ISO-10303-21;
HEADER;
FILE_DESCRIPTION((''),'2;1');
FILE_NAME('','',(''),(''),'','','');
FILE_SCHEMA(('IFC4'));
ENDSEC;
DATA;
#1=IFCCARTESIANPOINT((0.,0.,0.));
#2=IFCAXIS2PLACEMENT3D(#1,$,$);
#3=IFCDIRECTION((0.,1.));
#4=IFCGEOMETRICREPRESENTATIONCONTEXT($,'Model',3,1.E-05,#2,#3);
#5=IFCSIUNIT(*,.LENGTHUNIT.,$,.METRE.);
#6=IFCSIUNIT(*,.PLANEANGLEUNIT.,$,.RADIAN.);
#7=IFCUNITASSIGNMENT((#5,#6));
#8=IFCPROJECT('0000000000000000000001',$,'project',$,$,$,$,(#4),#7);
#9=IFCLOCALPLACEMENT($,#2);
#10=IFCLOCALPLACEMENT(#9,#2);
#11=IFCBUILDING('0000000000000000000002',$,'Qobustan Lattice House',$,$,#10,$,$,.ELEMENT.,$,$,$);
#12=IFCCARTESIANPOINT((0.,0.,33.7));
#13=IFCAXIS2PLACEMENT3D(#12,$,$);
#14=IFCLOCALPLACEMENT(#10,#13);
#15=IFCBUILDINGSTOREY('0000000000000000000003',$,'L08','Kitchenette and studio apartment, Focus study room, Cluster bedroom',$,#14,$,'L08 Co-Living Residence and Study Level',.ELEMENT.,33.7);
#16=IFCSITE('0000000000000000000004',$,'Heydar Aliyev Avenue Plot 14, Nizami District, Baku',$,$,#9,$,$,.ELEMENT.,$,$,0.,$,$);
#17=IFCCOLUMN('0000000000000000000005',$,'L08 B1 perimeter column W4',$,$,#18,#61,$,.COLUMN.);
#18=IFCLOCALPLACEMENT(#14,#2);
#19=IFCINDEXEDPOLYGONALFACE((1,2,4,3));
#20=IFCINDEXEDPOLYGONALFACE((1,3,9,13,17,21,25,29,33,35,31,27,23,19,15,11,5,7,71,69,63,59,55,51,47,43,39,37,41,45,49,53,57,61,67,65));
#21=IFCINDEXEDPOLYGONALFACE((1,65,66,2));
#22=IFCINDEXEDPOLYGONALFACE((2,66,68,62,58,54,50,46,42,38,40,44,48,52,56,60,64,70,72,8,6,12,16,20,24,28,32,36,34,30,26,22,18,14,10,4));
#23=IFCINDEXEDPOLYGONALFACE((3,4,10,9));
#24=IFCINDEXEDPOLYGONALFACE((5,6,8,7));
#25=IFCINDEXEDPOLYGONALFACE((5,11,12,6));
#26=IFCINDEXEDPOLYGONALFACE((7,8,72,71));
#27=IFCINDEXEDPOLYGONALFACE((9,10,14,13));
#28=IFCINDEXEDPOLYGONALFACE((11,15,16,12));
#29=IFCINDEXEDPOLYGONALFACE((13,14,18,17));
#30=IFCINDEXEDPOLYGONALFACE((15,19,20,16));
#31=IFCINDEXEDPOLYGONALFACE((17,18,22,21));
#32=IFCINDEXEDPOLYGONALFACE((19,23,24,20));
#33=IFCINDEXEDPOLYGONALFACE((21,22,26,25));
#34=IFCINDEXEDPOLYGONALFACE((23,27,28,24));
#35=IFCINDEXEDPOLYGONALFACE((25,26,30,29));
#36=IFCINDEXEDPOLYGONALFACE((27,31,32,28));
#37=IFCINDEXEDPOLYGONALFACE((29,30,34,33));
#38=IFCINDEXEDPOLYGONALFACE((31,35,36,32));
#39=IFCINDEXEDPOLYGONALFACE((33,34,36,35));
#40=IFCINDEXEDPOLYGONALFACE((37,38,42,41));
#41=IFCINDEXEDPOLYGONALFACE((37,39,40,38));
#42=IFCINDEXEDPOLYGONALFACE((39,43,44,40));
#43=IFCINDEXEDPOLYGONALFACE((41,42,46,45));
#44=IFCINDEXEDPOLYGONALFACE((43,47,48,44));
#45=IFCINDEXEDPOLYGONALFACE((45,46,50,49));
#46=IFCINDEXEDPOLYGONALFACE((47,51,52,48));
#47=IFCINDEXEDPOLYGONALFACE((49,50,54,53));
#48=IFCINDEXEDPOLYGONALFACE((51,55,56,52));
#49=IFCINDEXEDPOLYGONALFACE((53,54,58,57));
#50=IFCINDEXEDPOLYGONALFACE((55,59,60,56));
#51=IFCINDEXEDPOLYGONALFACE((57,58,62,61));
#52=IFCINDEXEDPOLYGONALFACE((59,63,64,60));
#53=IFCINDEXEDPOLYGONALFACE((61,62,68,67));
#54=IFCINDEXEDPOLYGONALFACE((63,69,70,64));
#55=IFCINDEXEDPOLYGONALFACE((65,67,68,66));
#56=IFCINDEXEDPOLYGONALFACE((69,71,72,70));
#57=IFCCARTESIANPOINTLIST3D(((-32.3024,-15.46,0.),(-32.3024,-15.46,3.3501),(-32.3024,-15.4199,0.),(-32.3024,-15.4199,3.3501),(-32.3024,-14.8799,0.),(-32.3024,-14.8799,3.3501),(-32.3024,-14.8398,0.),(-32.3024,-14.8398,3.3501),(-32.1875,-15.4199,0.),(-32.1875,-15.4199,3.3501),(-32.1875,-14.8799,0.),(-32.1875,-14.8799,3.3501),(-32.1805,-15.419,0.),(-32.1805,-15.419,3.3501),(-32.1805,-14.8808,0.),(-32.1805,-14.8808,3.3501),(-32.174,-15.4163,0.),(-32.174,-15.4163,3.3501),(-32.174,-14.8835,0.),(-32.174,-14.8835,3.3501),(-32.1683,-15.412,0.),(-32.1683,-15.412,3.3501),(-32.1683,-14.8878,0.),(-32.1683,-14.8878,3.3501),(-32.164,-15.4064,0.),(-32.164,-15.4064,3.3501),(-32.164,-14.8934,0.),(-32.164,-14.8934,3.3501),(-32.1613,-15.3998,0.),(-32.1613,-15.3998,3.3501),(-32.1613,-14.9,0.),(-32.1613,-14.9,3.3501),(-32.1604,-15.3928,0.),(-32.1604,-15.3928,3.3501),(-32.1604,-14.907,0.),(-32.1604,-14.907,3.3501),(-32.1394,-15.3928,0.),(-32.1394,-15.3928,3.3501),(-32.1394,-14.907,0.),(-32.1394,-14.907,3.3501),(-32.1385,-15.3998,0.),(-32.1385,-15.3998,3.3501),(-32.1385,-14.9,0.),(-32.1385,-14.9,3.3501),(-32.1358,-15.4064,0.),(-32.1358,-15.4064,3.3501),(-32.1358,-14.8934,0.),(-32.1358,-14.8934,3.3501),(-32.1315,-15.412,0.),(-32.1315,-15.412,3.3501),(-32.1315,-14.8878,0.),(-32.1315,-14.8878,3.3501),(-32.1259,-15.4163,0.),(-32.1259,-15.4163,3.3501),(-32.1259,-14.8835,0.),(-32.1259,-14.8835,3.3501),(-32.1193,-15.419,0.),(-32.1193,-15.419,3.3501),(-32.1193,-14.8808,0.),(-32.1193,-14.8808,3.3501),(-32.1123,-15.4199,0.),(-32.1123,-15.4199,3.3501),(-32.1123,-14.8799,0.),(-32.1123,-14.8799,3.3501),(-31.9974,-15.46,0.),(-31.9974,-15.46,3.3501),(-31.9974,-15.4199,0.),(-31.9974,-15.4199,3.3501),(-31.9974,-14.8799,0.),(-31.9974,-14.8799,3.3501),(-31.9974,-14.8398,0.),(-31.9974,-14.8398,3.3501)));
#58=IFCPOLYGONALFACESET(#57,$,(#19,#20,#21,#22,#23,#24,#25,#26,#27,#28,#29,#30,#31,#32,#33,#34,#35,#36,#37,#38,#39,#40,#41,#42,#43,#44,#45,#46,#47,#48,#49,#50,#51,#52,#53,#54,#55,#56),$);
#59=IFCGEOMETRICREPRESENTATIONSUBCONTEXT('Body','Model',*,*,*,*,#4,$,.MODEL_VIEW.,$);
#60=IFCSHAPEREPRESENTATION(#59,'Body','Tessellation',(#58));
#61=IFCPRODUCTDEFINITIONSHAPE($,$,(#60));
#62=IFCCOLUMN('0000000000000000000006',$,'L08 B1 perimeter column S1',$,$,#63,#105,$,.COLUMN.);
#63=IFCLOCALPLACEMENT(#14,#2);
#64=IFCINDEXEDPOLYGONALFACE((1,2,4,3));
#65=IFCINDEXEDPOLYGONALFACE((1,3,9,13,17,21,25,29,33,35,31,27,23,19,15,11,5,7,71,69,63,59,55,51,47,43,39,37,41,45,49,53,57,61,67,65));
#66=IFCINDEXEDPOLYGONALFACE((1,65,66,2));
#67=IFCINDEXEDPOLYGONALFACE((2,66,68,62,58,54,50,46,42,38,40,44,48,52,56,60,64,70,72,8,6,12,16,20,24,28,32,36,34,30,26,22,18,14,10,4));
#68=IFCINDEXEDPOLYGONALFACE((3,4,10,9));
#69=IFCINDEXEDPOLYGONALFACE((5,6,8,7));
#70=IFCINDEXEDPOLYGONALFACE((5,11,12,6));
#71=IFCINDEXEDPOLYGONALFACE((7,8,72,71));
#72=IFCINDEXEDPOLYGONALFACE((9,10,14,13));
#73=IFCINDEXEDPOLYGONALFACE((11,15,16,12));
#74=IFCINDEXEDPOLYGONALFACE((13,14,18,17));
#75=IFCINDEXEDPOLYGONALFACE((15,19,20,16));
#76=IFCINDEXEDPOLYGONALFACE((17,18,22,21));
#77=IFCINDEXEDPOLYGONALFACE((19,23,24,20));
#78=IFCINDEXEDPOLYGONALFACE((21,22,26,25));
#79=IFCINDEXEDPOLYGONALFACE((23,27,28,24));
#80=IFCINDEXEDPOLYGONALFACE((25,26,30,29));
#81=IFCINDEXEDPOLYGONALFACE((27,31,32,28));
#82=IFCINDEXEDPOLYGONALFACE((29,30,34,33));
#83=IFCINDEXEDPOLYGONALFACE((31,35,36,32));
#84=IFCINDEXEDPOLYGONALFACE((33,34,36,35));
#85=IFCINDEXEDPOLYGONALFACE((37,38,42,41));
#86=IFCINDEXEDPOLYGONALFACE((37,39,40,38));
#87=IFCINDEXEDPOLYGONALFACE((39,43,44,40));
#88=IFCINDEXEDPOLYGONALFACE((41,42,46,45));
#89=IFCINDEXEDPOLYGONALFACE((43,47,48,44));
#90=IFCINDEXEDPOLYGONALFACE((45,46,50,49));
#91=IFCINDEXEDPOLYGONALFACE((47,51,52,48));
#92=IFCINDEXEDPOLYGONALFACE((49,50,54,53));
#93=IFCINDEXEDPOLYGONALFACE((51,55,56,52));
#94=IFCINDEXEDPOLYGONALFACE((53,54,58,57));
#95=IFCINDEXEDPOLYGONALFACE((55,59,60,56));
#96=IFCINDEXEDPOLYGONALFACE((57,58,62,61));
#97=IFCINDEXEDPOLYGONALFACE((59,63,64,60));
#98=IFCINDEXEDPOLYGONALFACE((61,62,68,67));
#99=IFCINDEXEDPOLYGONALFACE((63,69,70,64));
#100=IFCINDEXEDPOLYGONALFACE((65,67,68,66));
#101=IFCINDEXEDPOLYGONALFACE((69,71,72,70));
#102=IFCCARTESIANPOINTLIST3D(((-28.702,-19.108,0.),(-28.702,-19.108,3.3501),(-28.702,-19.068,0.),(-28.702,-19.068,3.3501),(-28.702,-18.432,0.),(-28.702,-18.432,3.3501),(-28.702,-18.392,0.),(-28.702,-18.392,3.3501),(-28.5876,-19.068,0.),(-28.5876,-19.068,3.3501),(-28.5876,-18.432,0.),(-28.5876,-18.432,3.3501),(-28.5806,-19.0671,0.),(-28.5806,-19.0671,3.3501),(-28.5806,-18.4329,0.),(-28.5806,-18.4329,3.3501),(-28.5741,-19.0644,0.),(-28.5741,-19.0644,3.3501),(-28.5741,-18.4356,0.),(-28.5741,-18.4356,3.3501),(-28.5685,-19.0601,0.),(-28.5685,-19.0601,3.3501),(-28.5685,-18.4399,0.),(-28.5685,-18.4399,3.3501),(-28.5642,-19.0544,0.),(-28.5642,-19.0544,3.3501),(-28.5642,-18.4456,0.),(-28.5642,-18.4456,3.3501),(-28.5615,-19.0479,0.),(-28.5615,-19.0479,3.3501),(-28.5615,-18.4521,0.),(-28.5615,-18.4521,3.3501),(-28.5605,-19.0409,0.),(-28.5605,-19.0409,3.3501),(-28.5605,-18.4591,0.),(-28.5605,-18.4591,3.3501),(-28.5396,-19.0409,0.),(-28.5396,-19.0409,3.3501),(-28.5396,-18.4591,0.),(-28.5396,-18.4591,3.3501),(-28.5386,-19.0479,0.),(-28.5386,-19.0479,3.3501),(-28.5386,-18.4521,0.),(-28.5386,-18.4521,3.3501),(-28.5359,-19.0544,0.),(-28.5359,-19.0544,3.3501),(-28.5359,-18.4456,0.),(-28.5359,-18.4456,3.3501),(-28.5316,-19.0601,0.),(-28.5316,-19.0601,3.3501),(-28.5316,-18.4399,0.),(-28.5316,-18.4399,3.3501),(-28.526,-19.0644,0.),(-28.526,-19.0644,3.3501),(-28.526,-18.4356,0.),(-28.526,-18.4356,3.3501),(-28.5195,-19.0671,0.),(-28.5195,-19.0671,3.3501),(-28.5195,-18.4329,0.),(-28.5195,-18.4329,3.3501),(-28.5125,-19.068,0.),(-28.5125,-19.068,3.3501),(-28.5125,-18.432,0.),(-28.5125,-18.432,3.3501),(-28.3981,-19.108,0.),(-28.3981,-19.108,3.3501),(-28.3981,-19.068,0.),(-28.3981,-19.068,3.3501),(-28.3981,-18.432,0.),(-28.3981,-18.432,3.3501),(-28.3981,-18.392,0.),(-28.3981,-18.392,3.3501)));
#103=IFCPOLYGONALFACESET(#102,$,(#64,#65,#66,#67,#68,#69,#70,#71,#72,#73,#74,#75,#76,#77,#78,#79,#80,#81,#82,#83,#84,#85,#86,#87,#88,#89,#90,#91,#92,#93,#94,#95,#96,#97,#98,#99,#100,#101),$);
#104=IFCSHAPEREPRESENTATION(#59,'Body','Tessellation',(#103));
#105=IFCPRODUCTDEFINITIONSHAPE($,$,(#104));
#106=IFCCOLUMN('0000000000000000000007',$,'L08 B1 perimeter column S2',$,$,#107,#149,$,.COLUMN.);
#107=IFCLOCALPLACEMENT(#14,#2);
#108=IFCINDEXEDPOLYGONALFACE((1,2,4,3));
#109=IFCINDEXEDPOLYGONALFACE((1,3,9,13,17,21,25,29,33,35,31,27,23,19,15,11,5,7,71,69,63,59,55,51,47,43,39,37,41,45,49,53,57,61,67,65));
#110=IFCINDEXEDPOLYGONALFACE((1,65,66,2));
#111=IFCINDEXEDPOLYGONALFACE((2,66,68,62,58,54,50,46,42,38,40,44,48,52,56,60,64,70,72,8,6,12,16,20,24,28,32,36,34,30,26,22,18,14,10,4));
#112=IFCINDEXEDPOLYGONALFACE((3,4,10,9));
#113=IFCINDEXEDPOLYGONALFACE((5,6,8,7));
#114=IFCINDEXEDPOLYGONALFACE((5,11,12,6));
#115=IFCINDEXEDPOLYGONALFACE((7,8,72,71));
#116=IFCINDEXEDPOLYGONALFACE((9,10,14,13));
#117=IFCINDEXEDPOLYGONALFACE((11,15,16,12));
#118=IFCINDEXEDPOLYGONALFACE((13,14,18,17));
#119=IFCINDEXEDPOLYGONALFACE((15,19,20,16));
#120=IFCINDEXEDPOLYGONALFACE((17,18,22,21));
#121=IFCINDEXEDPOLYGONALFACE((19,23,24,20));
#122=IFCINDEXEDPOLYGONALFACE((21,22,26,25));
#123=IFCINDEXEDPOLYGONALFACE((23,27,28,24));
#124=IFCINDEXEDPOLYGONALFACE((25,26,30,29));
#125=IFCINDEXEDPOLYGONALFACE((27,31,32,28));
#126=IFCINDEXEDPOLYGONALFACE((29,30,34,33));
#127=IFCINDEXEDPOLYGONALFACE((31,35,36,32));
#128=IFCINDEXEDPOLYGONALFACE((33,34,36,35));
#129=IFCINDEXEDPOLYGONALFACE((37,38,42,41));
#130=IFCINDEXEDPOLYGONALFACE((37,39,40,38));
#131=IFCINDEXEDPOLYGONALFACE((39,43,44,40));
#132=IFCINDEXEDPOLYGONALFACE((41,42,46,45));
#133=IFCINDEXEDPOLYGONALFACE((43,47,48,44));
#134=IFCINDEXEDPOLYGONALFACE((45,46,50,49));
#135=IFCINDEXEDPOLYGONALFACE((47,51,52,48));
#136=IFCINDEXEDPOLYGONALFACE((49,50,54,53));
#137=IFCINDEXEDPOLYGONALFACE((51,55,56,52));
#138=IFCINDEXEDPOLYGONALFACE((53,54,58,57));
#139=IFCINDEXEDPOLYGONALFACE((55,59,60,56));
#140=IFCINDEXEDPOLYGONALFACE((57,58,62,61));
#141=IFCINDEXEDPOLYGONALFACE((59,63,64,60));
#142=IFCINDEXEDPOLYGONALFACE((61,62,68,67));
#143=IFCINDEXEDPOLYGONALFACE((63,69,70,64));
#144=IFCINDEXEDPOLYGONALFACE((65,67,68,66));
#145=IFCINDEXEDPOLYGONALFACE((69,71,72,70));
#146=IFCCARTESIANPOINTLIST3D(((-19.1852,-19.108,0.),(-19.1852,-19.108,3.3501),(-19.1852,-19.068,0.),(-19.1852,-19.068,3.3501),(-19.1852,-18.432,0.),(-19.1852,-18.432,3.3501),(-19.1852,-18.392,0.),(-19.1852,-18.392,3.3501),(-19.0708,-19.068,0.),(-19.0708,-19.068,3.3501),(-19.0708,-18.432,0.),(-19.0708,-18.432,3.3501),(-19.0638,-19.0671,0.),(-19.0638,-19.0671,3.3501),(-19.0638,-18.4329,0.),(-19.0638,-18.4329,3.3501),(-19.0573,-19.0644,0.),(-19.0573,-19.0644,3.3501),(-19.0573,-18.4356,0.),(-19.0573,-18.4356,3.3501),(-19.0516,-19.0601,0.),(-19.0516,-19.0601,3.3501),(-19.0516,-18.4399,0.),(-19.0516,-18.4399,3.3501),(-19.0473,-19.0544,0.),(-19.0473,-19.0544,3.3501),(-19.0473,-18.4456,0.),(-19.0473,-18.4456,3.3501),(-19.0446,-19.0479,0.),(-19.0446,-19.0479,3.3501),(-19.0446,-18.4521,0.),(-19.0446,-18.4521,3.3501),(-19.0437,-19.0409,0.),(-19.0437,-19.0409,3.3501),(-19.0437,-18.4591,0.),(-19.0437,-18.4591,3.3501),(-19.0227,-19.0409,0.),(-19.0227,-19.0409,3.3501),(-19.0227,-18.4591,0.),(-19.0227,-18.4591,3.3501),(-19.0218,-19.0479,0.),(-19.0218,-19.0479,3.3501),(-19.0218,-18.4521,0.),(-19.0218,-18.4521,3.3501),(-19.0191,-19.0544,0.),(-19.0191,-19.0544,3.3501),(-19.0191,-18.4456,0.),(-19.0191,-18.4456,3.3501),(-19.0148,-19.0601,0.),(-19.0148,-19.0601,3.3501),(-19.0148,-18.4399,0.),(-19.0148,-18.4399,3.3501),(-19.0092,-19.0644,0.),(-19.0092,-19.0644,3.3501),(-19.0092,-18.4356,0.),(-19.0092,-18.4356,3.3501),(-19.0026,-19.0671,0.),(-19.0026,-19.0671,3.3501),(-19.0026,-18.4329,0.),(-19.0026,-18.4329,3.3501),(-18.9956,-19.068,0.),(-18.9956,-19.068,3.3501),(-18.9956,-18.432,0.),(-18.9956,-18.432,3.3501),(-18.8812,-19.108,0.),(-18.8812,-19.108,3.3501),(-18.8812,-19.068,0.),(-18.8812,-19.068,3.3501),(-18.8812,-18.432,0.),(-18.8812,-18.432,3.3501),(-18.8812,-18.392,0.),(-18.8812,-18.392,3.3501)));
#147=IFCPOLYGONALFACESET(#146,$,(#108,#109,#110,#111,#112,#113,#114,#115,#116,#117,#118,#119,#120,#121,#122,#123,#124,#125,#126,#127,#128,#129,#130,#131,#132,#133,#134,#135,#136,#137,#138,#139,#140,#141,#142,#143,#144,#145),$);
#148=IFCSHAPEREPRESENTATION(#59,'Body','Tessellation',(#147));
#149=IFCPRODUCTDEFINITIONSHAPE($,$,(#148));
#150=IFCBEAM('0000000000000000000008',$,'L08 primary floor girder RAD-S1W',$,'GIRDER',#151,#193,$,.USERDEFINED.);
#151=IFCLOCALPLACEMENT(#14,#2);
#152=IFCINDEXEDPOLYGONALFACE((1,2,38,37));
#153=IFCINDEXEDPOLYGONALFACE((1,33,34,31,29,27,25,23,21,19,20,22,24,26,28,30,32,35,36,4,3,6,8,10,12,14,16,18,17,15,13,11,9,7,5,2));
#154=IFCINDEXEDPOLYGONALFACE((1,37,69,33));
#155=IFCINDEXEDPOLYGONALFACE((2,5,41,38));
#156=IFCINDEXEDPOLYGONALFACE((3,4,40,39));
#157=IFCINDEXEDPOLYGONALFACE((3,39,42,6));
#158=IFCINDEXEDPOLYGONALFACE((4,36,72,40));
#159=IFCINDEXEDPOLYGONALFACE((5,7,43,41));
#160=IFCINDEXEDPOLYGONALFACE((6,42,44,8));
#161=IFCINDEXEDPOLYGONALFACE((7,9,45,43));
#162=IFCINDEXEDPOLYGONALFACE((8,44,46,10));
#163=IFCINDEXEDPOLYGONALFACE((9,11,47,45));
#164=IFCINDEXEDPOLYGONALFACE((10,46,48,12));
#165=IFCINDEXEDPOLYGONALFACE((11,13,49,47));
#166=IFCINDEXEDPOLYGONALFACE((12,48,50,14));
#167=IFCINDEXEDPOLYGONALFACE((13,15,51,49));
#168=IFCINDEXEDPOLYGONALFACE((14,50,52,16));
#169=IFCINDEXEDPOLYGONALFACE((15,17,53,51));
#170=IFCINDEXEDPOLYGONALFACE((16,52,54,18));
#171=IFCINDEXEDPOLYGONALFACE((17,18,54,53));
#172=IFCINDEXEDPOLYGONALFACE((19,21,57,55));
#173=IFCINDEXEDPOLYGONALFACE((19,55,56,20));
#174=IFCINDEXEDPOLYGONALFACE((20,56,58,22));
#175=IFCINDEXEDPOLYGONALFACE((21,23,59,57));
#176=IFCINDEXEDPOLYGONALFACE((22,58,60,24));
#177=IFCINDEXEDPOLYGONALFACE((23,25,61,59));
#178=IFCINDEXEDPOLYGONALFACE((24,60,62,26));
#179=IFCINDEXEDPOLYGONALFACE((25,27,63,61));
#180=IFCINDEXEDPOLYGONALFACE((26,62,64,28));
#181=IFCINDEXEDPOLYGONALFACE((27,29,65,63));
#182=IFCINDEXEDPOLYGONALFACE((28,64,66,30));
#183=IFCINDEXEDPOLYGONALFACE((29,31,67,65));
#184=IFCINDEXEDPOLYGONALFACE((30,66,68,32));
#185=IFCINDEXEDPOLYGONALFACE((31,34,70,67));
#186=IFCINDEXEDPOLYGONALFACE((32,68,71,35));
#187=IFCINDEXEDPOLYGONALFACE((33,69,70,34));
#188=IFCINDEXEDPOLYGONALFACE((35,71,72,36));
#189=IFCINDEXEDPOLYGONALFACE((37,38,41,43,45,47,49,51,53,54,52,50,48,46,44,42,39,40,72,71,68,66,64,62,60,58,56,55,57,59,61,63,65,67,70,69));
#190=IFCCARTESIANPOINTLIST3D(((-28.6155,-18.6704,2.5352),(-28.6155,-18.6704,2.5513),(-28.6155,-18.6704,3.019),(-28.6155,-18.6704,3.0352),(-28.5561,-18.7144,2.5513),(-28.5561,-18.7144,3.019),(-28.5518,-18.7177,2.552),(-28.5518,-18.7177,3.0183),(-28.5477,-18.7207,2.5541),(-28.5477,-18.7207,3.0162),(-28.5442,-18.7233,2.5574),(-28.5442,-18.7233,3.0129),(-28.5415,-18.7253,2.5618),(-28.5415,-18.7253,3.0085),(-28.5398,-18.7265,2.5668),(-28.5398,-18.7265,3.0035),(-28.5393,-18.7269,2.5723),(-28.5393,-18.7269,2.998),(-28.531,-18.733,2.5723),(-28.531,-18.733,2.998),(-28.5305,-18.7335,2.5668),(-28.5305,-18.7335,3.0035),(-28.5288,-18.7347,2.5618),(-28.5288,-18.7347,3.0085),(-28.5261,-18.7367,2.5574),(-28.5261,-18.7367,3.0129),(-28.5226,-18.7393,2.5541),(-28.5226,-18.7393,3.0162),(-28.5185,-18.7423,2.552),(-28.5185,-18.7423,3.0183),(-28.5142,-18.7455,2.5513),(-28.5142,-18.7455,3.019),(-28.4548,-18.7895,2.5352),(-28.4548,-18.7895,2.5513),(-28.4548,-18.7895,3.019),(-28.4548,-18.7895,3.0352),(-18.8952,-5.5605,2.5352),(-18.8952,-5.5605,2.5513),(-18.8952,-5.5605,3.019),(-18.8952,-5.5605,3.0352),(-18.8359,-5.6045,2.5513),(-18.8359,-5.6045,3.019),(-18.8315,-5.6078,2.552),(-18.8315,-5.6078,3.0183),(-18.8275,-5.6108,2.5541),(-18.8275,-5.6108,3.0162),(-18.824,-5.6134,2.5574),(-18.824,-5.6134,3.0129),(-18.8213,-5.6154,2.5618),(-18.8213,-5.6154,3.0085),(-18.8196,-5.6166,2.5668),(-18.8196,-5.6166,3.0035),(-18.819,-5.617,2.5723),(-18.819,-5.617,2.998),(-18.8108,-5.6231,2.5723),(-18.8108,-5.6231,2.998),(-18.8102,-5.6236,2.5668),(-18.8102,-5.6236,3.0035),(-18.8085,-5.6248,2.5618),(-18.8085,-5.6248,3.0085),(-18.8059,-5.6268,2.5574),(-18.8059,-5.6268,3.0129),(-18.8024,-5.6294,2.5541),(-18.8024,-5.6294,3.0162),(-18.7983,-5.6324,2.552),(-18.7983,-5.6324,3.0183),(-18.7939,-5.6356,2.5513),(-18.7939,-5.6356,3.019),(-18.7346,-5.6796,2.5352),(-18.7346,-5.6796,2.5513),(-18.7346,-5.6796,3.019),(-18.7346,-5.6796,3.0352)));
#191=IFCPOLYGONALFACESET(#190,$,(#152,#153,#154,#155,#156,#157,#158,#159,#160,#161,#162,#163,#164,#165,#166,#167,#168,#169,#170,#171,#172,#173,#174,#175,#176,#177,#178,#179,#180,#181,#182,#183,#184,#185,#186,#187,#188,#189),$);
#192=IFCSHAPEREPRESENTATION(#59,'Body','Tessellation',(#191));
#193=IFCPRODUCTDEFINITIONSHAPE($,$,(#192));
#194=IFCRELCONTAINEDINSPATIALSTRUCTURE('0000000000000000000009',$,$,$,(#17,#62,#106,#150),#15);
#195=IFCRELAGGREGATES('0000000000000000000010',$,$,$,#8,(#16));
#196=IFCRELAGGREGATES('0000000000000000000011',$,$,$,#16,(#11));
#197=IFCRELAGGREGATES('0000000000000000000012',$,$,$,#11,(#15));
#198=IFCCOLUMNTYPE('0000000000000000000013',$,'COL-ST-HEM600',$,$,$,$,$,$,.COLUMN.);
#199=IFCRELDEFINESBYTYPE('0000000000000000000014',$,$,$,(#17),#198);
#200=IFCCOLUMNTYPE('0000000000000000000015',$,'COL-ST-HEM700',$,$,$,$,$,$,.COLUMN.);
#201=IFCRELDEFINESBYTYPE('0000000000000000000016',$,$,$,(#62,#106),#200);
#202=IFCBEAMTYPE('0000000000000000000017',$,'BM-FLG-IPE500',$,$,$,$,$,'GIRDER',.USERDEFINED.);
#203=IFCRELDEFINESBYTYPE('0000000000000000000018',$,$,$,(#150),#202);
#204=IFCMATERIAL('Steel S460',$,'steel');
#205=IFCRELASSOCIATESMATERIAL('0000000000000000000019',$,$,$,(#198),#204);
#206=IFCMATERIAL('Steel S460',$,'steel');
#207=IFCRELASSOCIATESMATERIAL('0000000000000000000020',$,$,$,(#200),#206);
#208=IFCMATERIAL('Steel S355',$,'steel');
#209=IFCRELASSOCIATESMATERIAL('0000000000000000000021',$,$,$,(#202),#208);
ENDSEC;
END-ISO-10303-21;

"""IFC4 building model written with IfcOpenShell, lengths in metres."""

from ifc_helpers import new_model, si_unit, direction, frame, origin, origin_2d, place, context, subcontext, project, spatial, i_section, extrude, material, material_profile, profile_set, type_object, element, save


model = new_model("IFC4")

# Units and contexts
model_context = context("Model", 3, precision=1e-05, world=origin(), true_north=direction((0.0, 1.0)))
body_context = subcontext(model_context, "Body", "Model", "MODEL_VIEW")
ifc_project = project(units=[si_unit("LENGTHUNIT", "METRE"), si_unit("PLANEANGLEUNIT", "RADIAN")], contexts=[model_context])

# Site, building, storey
site_placement = place(None, origin())
site = spatial("IfcSite", under=ifc_project, at=site_placement, Name="Heydar Aliyev Avenue Plot 14, Nizami District, Baku", CompositionType="ELEMENT", RefElevation=0.0)
building_placement = place(site_placement, origin())
building = spatial("IfcBuilding", under=site, at=building_placement, Name="Qobustan Lattice House", CompositionType="ELEMENT")
storey_placement = place(building_placement, frame((0.0, 0.0, 33.7)))
storey = spatial("IfcBuildingStorey", under=building, at=storey_placement, Name="L08", Description="Kitchenette and studio apartment, Focus study room, Cluster bedroom", LongName="L08 Co-Living Residence and Study Level", CompositionType="ELEMENT", Elevation=33.7)

# Columns
ifc_material_1 = material(Name="Steel S460", Category="steel")
ifc_material_profile_1 = material_profile(ifc_material_1, i_section(OverallWidth=0.3049, OverallDepth=0.6201, WebThickness=0.021, FlangeThickness=0.04, FilletRadius=0.0271, at=origin_2d()), Name="HEM600")
ifc_profile_set_1 = profile_set([ifc_material_profile_1], Name="Steel S460")
column_type_1 = type_object("IfcColumnType", Name="COL-ST-HEM600", PredefinedType="COLUMN", material=ifc_profile_set_1)
column_placement = place(storey_placement, frame((-32.1499, -15.1499, 0.0), z_axis=(0.0, 0.0, 1.0), x_axis=(1.0, 0.0, 0.0)))
element("IfcColumn", 1, at=column_placement, inside=storey, type_object=column_type_1, Name="L08 B1 perimeter column W4", PredefinedType="COLUMN", context=body_context, shape_type="SweptSolid", body=[
    extrude(i_section(OverallWidth=0.3049, OverallDepth=0.6201, WebThickness=0.021, FlangeThickness=0.04, FilletRadius=0.0271, at=origin_2d()), origin(), (0.0, 0.0, 1.0), 3.3501),
])
ifc_material_2 = material(Name="Steel S460", Category="steel")
ifc_material_profile_2 = material_profile(ifc_material_2, i_section(OverallWidth=0.304, OverallDepth=0.7161, WebThickness=0.021, FlangeThickness=0.04, FilletRadius=0.0271, at=origin_2d()), Name="HEM700")
ifc_profile_set_2 = profile_set([ifc_material_profile_2], Name="Steel S460")
column_type_2 = type_object("IfcColumnType", Name="COL-ST-HEM700", PredefinedType="COLUMN", material=ifc_profile_set_2)
for number, where, z_axis, x_axis, name in (
    (2, (-28.55, -18.75, 0.0), (0.0, 0.0, 1.0), (1.0, 0.0, 0.0), "L08 B1 perimeter column S1"),
    (3, (-19.0332, -18.75, 0.0), (0.0, 0.0, 1.0), (1.0, 0.0, 0.0), "L08 B1 perimeter column S2"),
):
    element("IfcColumn", number, at=place(storey_placement, frame(where, z_axis=z_axis, x_axis=x_axis)), inside=storey, type_object=column_type_2, Name=name, PredefinedType="COLUMN", context=body_context, shape_type="SweptSolid", body=[
        extrude(i_section(OverallWidth=0.304, OverallDepth=0.7161, WebThickness=0.021, FlangeThickness=0.04, FilletRadius=0.0271, at=origin_2d()), origin(), (0.0, 0.0, 1.0), 3.3501),
    ])

# Beam
ifc_material_3 = material(Name="Steel S355", Category="steel")
ifc_material_profile_3 = material_profile(ifc_material_3, i_section(OverallWidth=0.2, OverallDepth=0.5, WebThickness=0.0103, FlangeThickness=0.0161, FilletRadius=0.021, at=origin_2d()), Name="IPE500")
ifc_profile_set_3 = profile_set([ifc_material_profile_3], Name="Steel S355")
beam_type_1 = type_object("IfcBeamType", Name="BM-FLG-IPE500", ElementType="GIRDER", PredefinedType="USERDEFINED", material=ifc_profile_set_3)
beam_1_placement = place(storey_placement, frame((-28.5352, -18.73, 2.7852), z_axis=(0.595592, 0.803287, 0.0), x_axis=(-0.803287, 0.595592, 0.0)))
element("IfcBeam", 4, at=beam_1_placement, inside=storey, type_object=beam_type_1, Name="L08 primary floor girder RAD-S1W", ObjectType="GIRDER", PredefinedType="USERDEFINED", context=body_context, shape_type="SweptSolid", body=[
    extrude(i_section(OverallWidth=0.2, OverallDepth=0.5, WebThickness=0.0103, FlangeThickness=0.0161, FilletRadius=0.021, at=origin_2d()), origin(), (0.0, 0.0, 1.0), 16.3203),
])

save(model, "model.ifc")
